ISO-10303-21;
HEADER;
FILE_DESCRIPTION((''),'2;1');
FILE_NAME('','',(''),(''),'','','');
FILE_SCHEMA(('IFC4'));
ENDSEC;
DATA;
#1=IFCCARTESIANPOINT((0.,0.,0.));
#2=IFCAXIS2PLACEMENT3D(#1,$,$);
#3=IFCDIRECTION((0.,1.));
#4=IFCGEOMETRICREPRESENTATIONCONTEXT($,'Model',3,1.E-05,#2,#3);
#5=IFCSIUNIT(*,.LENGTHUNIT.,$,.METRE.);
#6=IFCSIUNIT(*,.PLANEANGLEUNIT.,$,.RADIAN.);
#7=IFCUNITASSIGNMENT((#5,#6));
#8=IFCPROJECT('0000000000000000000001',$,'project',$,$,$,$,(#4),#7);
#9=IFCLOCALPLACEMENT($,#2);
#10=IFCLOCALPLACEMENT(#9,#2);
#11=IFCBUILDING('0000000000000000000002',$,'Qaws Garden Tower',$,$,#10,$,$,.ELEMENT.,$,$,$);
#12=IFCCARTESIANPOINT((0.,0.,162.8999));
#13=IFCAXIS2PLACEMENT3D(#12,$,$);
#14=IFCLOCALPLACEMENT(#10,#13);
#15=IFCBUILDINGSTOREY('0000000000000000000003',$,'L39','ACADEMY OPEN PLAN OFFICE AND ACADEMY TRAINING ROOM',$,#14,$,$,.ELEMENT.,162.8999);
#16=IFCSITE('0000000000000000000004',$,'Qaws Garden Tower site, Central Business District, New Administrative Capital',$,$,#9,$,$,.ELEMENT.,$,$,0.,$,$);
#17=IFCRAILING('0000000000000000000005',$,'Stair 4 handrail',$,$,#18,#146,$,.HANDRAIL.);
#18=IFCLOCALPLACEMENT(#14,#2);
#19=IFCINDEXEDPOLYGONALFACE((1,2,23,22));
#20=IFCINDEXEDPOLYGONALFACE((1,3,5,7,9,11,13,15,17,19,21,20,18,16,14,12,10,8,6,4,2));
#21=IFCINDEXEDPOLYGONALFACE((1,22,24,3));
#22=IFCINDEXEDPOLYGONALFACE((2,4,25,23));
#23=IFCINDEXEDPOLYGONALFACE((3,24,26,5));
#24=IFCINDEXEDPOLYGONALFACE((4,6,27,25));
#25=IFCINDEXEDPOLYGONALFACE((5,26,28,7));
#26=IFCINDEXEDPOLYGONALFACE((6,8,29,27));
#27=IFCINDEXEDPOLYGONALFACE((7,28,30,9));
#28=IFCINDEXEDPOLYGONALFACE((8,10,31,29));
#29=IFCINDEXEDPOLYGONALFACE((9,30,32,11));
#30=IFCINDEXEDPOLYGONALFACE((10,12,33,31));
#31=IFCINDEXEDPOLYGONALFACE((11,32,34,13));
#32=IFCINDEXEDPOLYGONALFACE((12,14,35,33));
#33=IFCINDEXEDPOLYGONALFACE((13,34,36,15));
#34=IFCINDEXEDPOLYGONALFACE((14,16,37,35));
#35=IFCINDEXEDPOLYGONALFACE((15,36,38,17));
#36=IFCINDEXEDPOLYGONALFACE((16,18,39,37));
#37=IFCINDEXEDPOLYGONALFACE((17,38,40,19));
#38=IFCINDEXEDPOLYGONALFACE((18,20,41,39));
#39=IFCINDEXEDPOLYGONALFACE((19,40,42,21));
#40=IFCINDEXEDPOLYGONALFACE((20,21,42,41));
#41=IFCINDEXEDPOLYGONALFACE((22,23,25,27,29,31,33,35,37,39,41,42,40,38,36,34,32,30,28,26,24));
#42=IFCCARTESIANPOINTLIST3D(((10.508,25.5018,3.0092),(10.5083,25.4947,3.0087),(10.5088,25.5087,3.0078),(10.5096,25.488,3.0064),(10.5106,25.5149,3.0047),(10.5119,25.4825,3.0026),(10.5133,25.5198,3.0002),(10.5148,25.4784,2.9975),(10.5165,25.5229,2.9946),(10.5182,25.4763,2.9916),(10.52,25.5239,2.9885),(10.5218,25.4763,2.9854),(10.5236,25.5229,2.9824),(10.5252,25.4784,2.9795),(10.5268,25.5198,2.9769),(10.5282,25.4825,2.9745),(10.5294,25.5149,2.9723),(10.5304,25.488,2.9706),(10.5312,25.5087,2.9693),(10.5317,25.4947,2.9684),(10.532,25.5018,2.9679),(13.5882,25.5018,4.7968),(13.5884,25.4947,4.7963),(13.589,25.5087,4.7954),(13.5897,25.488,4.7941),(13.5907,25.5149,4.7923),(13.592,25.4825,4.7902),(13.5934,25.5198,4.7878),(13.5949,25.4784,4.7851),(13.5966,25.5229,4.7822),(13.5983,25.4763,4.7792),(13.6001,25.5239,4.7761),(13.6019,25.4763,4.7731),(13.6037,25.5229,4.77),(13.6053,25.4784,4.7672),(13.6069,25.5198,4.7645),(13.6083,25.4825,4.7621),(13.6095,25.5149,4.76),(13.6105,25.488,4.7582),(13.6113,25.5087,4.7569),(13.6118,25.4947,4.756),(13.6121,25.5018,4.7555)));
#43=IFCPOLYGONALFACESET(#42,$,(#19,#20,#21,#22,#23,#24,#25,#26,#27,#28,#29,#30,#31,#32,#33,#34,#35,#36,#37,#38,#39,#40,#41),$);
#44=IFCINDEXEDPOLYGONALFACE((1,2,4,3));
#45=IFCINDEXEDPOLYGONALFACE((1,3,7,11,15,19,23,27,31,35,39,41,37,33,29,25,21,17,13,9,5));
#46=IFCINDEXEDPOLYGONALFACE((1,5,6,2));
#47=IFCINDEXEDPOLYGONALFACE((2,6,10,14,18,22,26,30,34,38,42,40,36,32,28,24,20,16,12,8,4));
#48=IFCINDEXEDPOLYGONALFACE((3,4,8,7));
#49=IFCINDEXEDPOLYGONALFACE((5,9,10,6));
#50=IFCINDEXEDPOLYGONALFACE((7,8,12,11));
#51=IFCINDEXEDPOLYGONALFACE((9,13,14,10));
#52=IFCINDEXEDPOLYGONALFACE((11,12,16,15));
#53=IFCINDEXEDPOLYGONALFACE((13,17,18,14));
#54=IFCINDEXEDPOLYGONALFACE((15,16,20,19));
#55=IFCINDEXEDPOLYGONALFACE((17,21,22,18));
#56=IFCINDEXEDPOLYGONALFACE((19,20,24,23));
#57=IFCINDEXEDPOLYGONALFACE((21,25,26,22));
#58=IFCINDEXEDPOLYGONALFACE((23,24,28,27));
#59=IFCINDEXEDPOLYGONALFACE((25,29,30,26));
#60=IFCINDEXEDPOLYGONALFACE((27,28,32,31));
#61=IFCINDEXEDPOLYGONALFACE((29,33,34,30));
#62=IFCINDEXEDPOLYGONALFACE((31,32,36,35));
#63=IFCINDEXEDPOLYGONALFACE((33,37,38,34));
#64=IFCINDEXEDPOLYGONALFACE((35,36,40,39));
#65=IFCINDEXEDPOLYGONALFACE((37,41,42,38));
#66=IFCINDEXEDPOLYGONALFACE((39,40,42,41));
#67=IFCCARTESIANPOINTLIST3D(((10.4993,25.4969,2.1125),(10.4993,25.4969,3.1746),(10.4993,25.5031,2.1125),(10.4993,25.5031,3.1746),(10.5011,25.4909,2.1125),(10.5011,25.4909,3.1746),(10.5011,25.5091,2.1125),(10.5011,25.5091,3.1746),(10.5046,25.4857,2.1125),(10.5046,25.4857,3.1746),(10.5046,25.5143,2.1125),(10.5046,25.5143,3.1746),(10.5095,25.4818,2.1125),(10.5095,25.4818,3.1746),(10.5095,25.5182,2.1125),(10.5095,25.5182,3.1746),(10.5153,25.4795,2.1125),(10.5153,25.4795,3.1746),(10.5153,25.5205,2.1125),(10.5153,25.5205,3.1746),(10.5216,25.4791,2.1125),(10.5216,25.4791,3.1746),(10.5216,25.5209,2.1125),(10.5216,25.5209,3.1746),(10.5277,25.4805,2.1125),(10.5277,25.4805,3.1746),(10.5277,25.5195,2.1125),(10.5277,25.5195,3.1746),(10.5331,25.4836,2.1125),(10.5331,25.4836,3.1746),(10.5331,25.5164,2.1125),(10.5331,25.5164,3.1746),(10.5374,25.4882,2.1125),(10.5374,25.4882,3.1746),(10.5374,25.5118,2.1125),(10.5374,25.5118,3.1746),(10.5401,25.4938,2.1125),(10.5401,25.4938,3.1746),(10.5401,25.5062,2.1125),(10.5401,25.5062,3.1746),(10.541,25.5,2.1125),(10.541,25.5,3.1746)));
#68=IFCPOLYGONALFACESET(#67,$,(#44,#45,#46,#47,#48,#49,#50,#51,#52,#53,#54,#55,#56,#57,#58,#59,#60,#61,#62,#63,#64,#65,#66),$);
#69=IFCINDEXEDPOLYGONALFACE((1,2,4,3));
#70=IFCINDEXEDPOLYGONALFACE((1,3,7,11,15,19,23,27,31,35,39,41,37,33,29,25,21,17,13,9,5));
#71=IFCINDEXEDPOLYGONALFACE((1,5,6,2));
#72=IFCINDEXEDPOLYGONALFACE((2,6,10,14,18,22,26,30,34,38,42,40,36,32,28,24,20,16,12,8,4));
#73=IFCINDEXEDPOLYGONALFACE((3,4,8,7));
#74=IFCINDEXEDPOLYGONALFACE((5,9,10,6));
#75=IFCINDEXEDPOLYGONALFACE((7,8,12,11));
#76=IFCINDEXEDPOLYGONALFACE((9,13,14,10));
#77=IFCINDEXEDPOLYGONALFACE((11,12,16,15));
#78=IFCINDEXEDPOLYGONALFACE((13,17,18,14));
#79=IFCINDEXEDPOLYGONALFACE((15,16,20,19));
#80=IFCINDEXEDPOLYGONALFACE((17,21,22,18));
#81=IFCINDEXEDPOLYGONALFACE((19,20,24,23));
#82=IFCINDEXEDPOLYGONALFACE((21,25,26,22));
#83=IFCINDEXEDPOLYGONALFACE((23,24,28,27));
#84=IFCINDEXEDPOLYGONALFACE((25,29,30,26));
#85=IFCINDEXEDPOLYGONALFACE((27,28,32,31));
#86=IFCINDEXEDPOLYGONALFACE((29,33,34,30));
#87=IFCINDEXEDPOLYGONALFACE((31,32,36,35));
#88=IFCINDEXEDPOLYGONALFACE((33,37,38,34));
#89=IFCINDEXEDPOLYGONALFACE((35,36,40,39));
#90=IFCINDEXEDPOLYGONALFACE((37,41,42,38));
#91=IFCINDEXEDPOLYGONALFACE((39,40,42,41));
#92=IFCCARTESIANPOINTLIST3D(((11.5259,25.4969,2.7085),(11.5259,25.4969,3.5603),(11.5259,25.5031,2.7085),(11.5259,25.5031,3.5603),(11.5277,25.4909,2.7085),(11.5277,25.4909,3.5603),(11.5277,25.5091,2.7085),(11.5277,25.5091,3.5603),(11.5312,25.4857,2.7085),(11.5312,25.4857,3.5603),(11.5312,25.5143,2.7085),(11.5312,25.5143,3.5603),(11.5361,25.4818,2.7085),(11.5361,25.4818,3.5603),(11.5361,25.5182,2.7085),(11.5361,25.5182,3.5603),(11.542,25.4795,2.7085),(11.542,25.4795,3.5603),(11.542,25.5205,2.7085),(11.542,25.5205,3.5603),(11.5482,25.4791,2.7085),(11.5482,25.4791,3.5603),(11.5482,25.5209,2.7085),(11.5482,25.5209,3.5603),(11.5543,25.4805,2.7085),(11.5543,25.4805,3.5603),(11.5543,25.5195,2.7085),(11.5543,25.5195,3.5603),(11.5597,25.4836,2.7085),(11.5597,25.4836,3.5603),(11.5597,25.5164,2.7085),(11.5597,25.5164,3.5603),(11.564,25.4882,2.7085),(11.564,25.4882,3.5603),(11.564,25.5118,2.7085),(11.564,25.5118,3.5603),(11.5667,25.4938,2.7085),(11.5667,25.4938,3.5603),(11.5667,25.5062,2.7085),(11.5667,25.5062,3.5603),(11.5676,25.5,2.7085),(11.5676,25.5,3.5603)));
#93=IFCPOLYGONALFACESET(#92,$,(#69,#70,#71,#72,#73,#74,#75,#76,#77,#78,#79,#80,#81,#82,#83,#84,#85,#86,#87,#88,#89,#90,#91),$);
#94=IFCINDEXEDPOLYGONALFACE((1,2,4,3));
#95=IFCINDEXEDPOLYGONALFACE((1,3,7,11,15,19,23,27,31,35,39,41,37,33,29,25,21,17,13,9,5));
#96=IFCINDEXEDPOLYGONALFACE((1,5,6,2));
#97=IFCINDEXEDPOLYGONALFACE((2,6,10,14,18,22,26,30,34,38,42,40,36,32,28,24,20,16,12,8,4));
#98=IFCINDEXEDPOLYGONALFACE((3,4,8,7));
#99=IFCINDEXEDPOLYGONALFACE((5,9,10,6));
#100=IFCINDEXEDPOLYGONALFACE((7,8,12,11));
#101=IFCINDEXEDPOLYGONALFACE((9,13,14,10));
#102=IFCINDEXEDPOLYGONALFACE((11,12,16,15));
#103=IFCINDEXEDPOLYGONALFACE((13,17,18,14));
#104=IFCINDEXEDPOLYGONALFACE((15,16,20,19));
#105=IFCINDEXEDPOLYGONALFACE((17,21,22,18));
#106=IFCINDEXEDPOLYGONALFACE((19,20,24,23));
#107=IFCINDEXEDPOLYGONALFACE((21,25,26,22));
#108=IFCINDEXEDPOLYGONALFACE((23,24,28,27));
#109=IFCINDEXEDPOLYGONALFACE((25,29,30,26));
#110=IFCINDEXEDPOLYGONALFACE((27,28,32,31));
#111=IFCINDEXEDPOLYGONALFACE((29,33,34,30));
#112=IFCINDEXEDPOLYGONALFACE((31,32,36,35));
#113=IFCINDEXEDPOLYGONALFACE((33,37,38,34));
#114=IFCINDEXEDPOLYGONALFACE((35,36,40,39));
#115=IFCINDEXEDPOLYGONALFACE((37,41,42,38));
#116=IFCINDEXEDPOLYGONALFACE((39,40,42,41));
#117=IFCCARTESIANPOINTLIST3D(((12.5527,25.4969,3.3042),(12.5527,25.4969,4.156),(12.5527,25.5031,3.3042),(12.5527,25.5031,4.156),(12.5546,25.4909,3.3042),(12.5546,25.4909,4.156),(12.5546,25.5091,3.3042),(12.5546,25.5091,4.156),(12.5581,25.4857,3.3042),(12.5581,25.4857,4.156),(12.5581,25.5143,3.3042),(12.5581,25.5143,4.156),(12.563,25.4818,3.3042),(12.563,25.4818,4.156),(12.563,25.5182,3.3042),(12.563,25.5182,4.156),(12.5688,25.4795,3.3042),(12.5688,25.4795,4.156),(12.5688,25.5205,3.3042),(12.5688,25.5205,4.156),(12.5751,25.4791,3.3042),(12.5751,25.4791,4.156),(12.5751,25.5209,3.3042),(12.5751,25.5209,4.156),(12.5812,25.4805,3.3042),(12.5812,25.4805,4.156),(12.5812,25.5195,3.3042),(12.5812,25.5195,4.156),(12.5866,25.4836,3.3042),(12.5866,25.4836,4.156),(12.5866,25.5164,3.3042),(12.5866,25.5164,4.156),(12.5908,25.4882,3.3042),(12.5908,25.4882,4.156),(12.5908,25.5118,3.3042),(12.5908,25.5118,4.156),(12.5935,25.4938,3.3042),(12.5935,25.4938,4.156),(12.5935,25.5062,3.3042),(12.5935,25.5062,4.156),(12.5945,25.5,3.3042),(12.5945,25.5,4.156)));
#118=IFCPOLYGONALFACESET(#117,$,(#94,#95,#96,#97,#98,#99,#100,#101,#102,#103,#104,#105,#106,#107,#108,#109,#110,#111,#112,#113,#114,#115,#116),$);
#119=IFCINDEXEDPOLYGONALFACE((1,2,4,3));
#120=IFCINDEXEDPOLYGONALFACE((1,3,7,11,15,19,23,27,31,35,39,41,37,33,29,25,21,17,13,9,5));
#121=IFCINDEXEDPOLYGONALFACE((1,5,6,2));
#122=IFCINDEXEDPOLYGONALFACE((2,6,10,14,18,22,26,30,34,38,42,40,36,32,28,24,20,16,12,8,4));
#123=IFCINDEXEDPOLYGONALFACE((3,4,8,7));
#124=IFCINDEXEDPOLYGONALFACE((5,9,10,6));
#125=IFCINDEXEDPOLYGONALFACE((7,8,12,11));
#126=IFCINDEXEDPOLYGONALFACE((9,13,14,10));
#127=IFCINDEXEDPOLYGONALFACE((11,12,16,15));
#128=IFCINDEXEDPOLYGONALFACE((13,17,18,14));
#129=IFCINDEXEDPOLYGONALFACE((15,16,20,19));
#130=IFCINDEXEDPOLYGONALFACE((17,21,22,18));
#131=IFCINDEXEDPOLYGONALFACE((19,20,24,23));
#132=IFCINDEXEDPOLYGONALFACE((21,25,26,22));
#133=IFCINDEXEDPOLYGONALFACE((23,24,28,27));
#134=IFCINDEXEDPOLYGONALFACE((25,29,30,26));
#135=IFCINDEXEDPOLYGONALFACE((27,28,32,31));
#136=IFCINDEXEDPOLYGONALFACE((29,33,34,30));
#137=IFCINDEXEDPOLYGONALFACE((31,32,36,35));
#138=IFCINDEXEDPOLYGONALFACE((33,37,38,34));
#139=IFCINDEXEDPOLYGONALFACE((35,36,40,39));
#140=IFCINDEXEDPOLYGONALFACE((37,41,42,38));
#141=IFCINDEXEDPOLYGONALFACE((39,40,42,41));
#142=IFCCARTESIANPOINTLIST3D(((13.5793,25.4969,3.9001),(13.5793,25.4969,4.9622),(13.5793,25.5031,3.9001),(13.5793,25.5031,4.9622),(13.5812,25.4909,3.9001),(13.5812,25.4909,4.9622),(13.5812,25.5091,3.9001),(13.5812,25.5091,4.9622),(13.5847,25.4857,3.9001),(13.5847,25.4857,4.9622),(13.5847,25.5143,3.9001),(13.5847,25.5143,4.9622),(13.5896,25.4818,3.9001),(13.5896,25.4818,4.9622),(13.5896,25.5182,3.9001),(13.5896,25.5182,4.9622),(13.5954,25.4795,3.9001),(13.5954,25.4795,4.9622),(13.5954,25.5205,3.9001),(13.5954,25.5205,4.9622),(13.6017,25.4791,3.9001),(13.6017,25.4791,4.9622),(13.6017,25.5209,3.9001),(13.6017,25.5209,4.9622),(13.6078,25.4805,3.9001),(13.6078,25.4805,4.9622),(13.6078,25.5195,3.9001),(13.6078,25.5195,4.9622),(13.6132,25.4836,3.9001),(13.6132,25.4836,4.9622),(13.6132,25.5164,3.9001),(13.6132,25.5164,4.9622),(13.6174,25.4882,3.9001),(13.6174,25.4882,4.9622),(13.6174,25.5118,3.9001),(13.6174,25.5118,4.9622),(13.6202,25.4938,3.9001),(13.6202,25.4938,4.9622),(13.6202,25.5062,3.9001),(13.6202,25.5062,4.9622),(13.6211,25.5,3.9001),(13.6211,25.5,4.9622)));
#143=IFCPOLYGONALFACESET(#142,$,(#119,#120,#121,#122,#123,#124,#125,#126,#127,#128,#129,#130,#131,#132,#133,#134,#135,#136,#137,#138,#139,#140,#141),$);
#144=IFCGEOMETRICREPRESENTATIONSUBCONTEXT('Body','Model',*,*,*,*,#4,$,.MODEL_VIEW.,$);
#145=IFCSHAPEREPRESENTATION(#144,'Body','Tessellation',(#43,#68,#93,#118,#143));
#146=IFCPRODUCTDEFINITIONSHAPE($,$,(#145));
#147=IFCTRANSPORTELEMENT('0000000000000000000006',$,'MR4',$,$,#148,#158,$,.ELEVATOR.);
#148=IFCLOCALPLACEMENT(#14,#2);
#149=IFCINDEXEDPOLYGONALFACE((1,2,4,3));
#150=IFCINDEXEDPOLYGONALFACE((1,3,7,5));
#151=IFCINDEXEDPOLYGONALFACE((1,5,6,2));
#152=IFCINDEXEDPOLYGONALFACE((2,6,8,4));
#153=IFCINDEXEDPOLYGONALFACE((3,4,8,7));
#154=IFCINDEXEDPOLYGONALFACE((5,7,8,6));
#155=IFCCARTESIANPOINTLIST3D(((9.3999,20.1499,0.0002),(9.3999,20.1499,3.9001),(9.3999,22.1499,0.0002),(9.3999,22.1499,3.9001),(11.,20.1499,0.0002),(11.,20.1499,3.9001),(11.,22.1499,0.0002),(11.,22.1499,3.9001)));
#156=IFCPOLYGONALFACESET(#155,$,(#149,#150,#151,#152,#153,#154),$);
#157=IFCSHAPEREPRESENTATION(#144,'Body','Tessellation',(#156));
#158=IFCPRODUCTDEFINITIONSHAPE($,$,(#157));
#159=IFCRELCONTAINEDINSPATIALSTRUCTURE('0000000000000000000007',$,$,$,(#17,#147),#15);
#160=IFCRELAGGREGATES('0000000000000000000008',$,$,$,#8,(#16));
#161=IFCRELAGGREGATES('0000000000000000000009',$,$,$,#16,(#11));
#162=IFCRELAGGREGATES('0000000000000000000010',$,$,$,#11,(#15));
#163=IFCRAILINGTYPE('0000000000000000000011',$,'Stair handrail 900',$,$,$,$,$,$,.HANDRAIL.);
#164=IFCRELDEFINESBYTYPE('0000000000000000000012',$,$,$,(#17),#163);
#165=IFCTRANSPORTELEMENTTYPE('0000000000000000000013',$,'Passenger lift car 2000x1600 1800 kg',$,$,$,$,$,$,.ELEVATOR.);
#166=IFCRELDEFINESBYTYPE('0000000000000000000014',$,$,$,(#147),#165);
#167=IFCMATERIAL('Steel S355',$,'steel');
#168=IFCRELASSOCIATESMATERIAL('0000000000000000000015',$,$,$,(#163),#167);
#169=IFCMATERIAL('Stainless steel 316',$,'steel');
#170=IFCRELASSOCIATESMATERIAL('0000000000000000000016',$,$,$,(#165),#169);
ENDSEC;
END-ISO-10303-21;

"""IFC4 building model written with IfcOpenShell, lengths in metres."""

from ifc_helpers import new_model, si_unit, direction, frame, origin, origin_2d, place, context, subcontext, project, spatial, rectangle, circle, extrude, material, type_object, element, save


model = new_model("IFC4")

# Units and contexts
model_context = context("Model", 3, precision=1e-05, world=origin(), true_north=direction((0.0, 1.0)))
body_context = subcontext(model_context, "Body", "Model", "MODEL_VIEW")
ifc_project = project(units=[si_unit("LENGTHUNIT", "METRE"), si_unit("PLANEANGLEUNIT", "RADIAN")], contexts=[model_context])

# Site, building, storey
site_placement = place(None, origin())
site = spatial("IfcSite", under=ifc_project, at=site_placement, Name="Qaws Garden Tower site, Central Business District, New Administrative Capital", CompositionType="ELEMENT", RefElevation=0.0)
building_placement = place(site_placement, origin())
building = spatial("IfcBuilding", under=site, at=building_placement, Name="Qaws Garden Tower", CompositionType="ELEMENT")
storey_placement = place(building_placement, frame((0.0, 0.0, 162.8999)))
storey = spatial("IfcBuildingStorey", under=building, at=storey_placement, Name="L39", Description="ACADEMY OPEN PLAN OFFICE AND ACADEMY TRAINING ROOM", CompositionType="ELEMENT", Elevation=162.8999)

# Railing
ifc_material_1 = material(Name="Steel S355", Category="steel")
railing_type = type_object("IfcRailingType", Name="Stair handrail 900", PredefinedType="HANDRAIL", material=ifc_material_1)
railing_1_placement = place(storey_placement, frame((10.52, 25.5, 2.1125)))
element("IfcRailing", 1, at=railing_1_placement, inside=storey, type_object=railing_type, Name="Stair 4 handrail", PredefinedType="HANDRAIL", context=body_context, shape_type="SweptSolid", body=[
    extrude(circle(Radius=0.0239, at=origin_2d()), frame((0.0, 0.0, 0.876), z_axis=(0.864891, 0.0, 0.50196), x_axis=(0.0, 1.0, 0.0)), (0.0, 0.0, 1.0), 3.5613),
    extrude(circle(Radius=0.021, at=origin_2d()), origin(), (0.0, 0.0, 1.0), 1.062),
    extrude(circle(Radius=0.021, at=origin_2d()), frame((1.0266, 0.0, 0.5959)), (0.0, 0.0, 1.0), 0.8518),
    extrude(circle(Radius=0.021, at=origin_2d()), frame((2.0535, 0.0, 1.1917)), (0.0, 0.0, 1.0), 0.8518),
    extrude(circle(Radius=0.021, at=origin_2d()), frame((3.0801, 0.0, 1.7876)), (0.0, 0.0, 1.0), 1.062),
])

# Transport element
ifc_material_2 = material(Name="Stainless steel 316", Category="steel")
transport_element_type = type_object("IfcTransportElementType", Name="Passenger lift car 2000x1600 1800 kg", PredefinedType="ELEVATOR", material=ifc_material_2)
transport_element_placement = place(storey_placement, frame((10.2, 21.1499, 0.0002), z_axis=(0.0, 0.0, 1.0), x_axis=(1.0, 0.0, 0.0)))
element("IfcTransportElement", 2, at=transport_element_placement, inside=storey, type_object=transport_element_type, Name="MR4", PredefinedType="ELEVATOR", context=body_context, shape_type="SweptSolid", body=[
    extrude(rectangle(XDim=1.6001, YDim=2.0, at=origin_2d()), origin(), (0.0, 0.0, 1.0), 3.8999),
])

save(model, "model.ifc")
